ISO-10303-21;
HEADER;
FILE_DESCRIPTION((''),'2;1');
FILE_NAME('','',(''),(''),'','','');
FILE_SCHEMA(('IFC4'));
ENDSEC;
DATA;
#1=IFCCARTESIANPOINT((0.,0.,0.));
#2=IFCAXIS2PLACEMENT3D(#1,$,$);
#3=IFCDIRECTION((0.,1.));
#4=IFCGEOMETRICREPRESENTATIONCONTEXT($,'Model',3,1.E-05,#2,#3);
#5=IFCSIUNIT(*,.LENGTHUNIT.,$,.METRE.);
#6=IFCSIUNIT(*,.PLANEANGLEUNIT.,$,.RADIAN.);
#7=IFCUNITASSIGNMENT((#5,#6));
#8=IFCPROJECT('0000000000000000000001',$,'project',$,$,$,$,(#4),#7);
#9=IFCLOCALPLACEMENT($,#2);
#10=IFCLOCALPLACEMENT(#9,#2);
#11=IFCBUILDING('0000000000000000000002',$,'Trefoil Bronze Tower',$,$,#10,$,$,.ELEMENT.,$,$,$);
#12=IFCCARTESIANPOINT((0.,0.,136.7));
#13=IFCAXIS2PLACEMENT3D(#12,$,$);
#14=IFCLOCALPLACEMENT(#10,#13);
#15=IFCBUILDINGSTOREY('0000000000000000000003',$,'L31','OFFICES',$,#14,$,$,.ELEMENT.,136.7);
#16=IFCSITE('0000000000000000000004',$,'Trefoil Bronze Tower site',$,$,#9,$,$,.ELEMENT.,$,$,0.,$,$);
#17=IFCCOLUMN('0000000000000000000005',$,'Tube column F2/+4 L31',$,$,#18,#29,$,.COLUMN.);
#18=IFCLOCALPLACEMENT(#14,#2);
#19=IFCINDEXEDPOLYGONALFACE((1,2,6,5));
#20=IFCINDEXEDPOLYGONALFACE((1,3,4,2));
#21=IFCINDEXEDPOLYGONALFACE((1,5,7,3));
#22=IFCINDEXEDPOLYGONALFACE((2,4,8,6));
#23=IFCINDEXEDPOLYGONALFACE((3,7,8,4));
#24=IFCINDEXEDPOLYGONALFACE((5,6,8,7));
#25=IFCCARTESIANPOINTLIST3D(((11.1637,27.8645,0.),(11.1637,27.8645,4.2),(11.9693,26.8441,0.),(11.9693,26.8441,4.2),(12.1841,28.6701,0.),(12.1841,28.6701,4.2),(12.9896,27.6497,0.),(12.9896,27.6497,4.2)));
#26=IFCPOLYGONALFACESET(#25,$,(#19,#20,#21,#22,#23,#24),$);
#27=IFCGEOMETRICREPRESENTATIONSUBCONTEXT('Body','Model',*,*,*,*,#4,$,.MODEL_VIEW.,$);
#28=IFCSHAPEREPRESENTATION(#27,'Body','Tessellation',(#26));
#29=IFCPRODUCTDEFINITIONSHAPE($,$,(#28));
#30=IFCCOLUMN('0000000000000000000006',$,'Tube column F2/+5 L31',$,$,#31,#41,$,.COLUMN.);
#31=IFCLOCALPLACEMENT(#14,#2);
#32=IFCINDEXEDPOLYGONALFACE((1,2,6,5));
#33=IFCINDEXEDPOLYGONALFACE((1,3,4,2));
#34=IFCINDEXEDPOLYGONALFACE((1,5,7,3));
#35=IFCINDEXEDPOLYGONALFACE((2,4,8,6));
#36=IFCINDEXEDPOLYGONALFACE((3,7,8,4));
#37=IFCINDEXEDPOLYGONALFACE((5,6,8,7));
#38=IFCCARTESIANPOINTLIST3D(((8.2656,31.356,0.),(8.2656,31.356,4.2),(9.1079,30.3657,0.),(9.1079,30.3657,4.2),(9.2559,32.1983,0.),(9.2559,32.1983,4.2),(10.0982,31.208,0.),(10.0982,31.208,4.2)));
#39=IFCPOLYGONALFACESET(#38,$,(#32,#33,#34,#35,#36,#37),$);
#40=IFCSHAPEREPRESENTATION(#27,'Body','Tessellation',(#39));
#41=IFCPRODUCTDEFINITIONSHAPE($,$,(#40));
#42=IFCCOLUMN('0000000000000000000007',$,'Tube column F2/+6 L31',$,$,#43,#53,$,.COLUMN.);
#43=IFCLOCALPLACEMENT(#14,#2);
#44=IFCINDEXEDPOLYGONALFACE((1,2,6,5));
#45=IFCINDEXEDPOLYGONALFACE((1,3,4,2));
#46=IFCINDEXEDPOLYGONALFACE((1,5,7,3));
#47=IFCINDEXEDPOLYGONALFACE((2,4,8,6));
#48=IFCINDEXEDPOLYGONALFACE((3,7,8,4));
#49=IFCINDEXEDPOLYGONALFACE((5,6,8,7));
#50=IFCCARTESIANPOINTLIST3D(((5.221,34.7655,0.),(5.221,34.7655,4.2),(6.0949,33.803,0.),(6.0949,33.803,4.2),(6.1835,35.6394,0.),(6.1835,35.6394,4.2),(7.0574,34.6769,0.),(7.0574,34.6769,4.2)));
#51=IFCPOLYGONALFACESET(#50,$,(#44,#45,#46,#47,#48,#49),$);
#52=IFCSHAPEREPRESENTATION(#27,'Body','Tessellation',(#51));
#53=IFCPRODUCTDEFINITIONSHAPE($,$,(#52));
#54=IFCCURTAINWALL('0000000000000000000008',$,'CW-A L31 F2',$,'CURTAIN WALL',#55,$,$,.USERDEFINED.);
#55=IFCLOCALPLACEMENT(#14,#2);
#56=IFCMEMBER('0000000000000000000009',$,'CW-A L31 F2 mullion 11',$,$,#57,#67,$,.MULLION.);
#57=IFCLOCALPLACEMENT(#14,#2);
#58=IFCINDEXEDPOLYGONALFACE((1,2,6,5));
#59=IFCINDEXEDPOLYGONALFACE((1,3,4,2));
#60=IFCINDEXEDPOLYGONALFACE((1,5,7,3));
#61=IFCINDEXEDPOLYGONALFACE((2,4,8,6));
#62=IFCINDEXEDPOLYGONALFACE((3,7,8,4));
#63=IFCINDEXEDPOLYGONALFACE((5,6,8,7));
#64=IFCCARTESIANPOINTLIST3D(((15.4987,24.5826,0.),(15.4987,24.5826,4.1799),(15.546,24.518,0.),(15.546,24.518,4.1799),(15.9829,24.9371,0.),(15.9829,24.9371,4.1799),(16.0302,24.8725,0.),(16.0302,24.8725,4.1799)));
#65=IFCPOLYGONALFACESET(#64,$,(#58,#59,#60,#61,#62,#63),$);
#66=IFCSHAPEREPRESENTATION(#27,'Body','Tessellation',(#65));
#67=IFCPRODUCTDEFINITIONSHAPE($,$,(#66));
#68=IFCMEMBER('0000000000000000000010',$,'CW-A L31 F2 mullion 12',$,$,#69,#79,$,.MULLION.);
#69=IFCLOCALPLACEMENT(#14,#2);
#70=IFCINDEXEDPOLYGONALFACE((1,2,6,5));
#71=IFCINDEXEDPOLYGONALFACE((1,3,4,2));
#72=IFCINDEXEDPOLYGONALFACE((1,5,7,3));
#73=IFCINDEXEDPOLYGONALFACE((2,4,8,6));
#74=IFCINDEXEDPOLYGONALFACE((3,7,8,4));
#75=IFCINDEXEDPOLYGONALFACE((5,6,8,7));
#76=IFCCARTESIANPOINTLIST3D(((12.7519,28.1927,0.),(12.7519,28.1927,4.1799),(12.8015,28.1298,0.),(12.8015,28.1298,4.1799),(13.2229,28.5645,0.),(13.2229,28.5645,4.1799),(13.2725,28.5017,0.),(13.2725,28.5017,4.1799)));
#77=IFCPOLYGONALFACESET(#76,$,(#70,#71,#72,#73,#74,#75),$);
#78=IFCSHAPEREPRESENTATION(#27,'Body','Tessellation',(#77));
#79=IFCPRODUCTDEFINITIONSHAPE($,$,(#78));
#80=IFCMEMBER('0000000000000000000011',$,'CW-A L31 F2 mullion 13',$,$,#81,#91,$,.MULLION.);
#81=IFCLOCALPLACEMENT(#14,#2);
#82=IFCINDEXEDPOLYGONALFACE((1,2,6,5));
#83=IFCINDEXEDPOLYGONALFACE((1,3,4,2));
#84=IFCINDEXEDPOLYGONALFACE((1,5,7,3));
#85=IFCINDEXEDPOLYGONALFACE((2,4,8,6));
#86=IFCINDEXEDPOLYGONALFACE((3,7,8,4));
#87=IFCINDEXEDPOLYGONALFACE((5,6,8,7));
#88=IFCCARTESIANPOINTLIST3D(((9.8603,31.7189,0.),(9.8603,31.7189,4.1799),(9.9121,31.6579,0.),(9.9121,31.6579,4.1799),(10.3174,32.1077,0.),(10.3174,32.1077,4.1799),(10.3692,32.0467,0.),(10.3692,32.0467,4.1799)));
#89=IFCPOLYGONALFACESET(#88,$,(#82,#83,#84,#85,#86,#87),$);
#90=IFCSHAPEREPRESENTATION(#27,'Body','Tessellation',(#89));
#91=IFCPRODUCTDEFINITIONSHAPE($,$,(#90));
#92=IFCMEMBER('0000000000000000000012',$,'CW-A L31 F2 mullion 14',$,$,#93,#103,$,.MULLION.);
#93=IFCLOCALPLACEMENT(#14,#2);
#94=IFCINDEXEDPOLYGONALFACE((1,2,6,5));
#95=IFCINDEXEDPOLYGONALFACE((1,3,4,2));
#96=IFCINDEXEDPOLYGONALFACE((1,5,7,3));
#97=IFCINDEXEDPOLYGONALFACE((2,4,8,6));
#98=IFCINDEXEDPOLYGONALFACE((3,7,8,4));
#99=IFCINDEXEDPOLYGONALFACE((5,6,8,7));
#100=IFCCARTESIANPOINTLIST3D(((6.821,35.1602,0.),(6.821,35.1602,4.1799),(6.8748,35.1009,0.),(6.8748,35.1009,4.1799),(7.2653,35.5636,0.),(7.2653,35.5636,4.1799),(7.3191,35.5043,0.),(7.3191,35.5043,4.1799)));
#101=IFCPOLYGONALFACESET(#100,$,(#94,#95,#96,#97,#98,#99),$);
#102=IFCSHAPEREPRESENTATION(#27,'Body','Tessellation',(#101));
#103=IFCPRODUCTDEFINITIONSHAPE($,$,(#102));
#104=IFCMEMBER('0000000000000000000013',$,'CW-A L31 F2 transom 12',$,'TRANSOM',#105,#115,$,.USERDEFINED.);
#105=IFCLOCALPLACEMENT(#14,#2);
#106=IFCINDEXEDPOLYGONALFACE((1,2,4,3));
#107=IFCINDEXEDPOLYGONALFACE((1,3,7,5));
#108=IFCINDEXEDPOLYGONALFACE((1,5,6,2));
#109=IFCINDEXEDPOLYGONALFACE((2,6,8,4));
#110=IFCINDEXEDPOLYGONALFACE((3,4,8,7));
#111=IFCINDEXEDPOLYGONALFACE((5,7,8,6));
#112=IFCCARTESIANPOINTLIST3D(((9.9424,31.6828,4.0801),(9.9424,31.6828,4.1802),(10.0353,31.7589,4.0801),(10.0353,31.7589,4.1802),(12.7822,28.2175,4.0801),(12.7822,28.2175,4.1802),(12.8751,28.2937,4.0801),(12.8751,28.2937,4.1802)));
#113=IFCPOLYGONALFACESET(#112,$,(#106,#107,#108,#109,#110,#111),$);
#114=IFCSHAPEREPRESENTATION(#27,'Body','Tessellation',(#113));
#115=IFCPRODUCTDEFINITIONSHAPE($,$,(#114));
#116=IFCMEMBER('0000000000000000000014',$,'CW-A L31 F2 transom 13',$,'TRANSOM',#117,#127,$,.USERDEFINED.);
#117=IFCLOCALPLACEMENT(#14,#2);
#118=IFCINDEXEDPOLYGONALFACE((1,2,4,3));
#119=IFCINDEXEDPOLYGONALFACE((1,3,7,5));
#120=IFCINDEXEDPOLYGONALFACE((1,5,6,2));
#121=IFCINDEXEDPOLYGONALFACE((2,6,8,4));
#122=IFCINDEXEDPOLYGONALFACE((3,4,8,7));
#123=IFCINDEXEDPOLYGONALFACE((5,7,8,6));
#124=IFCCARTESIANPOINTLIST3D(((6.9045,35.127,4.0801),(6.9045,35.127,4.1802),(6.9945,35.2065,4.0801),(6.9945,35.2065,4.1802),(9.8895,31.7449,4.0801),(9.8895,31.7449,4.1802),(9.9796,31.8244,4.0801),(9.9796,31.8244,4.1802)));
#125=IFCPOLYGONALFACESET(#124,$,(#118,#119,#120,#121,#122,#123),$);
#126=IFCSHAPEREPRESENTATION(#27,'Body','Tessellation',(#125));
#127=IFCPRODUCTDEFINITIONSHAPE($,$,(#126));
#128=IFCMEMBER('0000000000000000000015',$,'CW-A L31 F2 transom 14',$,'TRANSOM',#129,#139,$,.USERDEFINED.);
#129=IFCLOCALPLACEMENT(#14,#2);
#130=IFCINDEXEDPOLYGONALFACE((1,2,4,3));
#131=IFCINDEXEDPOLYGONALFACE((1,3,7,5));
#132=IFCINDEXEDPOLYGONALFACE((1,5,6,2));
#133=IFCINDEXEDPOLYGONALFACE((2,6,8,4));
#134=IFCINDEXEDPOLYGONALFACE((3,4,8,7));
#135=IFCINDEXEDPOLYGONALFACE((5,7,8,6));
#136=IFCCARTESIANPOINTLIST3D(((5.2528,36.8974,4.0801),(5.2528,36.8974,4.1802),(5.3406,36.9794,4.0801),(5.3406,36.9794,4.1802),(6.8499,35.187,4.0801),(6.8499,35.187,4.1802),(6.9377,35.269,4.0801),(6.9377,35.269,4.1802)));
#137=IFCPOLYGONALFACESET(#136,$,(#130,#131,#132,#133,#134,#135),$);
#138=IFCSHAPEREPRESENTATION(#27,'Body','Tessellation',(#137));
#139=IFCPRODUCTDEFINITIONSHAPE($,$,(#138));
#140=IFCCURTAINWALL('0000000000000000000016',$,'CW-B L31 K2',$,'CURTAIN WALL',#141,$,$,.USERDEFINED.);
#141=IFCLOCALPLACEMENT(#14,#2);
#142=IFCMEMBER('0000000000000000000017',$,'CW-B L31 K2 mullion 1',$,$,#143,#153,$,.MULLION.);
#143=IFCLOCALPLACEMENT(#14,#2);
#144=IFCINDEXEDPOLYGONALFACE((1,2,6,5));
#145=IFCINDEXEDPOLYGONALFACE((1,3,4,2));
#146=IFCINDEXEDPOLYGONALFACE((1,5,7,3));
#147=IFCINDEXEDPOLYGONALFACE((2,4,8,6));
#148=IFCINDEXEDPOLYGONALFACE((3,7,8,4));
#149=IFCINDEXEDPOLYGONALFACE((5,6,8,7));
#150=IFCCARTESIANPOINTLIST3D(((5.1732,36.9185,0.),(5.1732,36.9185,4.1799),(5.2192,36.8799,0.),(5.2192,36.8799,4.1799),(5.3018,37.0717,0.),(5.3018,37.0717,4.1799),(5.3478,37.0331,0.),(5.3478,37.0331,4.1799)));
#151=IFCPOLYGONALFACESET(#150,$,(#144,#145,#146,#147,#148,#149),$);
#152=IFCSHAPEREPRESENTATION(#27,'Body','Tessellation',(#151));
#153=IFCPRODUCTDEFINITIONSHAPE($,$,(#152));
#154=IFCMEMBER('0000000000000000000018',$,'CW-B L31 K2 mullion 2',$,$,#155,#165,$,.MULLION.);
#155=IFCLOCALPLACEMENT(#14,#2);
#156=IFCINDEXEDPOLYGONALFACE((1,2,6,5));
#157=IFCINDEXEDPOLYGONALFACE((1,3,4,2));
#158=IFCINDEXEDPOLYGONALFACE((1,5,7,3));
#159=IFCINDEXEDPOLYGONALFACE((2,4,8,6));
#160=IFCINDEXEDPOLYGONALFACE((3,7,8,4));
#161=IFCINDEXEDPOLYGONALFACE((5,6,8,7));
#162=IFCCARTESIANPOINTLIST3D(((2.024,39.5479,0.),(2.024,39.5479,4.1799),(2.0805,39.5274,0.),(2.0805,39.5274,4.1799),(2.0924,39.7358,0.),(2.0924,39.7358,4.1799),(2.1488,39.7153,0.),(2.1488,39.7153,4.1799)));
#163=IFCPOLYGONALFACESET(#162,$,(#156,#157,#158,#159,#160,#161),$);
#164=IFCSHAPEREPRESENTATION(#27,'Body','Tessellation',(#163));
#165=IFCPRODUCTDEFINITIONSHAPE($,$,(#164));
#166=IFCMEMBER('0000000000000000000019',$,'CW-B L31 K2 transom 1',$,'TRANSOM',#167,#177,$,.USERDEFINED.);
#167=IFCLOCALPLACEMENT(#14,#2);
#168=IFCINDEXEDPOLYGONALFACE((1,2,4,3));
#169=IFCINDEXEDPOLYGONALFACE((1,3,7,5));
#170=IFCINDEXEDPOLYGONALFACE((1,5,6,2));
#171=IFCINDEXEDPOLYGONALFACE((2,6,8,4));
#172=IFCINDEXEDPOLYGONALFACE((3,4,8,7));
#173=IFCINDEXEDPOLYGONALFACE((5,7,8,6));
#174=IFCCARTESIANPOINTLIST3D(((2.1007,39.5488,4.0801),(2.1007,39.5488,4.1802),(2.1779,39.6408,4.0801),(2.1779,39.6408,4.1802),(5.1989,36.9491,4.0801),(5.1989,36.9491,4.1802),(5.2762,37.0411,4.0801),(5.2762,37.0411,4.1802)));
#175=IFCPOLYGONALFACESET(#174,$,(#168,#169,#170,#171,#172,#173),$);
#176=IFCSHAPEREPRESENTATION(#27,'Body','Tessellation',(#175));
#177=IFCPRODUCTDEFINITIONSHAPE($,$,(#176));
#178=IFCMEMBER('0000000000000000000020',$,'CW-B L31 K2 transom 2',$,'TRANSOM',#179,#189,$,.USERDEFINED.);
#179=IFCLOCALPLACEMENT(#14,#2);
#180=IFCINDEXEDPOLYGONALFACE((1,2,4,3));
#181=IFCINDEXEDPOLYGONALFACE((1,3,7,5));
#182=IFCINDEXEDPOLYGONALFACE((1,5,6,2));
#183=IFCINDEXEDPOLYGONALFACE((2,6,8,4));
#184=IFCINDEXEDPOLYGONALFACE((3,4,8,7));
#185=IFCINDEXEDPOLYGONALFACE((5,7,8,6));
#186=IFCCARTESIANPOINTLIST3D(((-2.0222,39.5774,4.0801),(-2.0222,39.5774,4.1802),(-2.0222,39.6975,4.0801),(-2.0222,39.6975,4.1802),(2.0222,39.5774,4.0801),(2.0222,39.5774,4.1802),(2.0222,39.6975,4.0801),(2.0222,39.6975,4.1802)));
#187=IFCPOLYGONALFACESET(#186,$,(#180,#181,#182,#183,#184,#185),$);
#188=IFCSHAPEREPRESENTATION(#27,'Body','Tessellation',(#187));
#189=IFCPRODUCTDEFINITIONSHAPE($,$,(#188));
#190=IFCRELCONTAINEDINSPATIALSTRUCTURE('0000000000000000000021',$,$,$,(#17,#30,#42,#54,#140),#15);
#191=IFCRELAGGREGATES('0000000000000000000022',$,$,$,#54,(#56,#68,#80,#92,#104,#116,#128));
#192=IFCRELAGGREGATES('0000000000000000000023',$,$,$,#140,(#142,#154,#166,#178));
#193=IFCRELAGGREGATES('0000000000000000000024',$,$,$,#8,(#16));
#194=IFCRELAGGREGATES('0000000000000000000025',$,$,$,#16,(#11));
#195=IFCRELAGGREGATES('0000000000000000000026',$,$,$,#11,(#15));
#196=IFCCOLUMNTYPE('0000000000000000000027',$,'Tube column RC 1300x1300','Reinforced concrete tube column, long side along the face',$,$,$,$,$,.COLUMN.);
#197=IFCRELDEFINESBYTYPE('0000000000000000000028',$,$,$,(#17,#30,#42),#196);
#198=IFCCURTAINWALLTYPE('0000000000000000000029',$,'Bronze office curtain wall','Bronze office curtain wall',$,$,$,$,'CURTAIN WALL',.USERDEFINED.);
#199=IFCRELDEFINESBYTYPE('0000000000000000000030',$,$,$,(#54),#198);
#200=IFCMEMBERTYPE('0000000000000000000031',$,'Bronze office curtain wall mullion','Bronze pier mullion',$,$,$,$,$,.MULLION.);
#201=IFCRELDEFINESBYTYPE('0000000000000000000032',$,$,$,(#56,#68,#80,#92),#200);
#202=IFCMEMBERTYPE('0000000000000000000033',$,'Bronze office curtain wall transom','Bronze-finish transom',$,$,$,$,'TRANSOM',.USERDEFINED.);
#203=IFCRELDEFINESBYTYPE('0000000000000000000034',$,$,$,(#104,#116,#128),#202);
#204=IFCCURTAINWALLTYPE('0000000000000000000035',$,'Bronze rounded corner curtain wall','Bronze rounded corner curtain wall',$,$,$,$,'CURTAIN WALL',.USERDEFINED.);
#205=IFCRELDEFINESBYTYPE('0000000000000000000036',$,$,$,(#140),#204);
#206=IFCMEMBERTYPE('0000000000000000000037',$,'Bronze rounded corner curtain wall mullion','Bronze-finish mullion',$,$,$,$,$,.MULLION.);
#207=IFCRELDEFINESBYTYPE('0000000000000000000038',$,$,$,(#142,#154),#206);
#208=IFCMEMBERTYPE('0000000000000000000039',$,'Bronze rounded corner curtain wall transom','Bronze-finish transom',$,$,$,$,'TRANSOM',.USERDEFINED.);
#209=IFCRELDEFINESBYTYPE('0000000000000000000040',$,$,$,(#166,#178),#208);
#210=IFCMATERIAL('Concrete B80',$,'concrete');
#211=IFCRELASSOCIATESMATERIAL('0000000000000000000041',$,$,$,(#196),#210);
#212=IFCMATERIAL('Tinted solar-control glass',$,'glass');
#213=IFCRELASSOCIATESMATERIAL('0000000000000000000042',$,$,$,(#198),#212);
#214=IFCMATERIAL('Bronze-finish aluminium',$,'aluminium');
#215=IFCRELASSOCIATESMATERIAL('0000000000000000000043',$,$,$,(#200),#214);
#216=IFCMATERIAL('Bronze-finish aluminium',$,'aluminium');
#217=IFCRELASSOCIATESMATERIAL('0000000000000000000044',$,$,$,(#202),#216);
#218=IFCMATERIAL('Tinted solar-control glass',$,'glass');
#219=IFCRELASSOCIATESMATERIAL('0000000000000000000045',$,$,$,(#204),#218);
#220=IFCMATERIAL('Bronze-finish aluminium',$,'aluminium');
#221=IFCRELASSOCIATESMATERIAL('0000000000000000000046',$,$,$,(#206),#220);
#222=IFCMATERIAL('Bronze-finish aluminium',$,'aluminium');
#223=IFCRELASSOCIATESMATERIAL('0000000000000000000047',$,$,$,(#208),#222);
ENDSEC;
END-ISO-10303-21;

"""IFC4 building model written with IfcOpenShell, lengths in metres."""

from ifc_helpers import new_model, si_unit, direction, frame, origin, origin_2d, place, context, subcontext, project, spatial, rectangle, extrude, material, material_profile, profile_set, type_object, element, aggregate, save


model = new_model("IFC4")

# Units and contexts
model_context = context("Model", 3, precision=1e-05, world=origin(), true_north=direction((0.0, 1.0)))
body_context = subcontext(model_context, "Body", "Model", "MODEL_VIEW")
ifc_project = project(units=[si_unit("LENGTHUNIT", "METRE"), si_unit("PLANEANGLEUNIT", "RADIAN")], contexts=[model_context])

# Site, building, storey
site_placement = place(None, origin())
site = spatial("IfcSite", under=ifc_project, at=site_placement, Name="Trefoil Bronze Tower site", CompositionType="ELEMENT", RefElevation=0.0)
building_placement = place(site_placement, origin())
building = spatial("IfcBuilding", under=site, at=building_placement, Name="Trefoil Bronze Tower", CompositionType="ELEMENT")
storey_placement = place(building_placement, frame((0.0, 0.0, 136.7)))
storey = spatial("IfcBuildingStorey", under=building, at=storey_placement, Name="L31", Description="OFFICES", CompositionType="ELEMENT", Elevation=136.7)

# Columns
ifc_material_1 = material(Name="Concrete B80", Category="concrete")
ifc_material_profile_1 = material_profile(ifc_material_1, rectangle(XDim=1.3, YDim=1.3, at=origin_2d()), Name="RC 1300x1300")
ifc_profile_set_1 = profile_set([ifc_material_profile_1], Name="Concrete B80")
column_type = type_object("IfcColumnType", Name="Tube column RC 1300x1300", Description="Reinforced concrete tube column, long side along the face", PredefinedType="COLUMN", material=ifc_profile_set_1)
for number, where, z_axis, x_axis, name in (
    (1, (12.0767, 27.7571, 0.0), (0.0, 0.0, 1.0), (-0.619649, 0.784879, 0.0), "Tube column F2/+4 L31"),
    (2, (9.1819, 31.282, 0.0), (0.0, 0.0, 1.0), (-0.647904, 0.761722, 0.0), "Tube column F2/+5 L31"),
    (3, (6.1392, 34.7212, 0.0), (0.0, 0.0, 1.0), (-0.67221, 0.740361, 0.0), "Tube column F2/+6 L31"),
):
    element("IfcColumn", number, at=place(storey_placement, frame(where, z_axis=z_axis, x_axis=x_axis)), inside=storey, type_object=column_type, Name=name, PredefinedType="COLUMN", context=body_context, shape_type="SweptSolid", body=[
        extrude(rectangle(XDim=1.3, YDim=1.3, at=origin_2d()), origin(), (0.0, 0.0, 1.0), 4.2),
    ])

# Curtain walls, members
ifc_material_2 = material(Name="Tinted solar-control glass", Category="glass")
curtain_wall_type_1 = type_object("IfcCurtainWallType", Name="Bronze office curtain wall", Description="Bronze office curtain wall", ElementType="CURTAIN WALL", PredefinedType="USERDEFINED", material=ifc_material_2)
curtain_wall_1_placement = place(storey_placement, origin())
curtain_wall_1 = element("IfcCurtainWall", 4, at=curtain_wall_1_placement, inside=storey, type_object=curtain_wall_type_1, Name="CW-A L31 F2", ObjectType="CURTAIN WALL", PredefinedType="USERDEFINED")
ifc_material_3 = material(Name="Bronze-finish aluminium", Category="aluminium")
ifc_material_profile_2 = material_profile(ifc_material_3, rectangle(XDim=0.6001, YDim=0.0801, at=origin_2d()), Name="CW-A mullion")
ifc_profile_set_2 = profile_set([ifc_material_profile_2], Name="Bronze-finish aluminium")
member_type_1 = type_object("IfcMemberType", Name="Bronze office curtain wall mullion", Description="Bronze pier mullion", PredefinedType="MULLION", material=ifc_profile_set_2)
member_1_placement = place(storey_placement, frame((15.7644, 24.7275, 0.0), z_axis=(0.0, 0.0, 1.0), x_axis=(-0.806875, -0.590723, 0.0)))
member_1 = element("IfcMember", 5, at=member_1_placement, type_object=member_type_1, Name="CW-A L31 F2 mullion 11", PredefinedType="MULLION", context=body_context, shape_type="SweptSolid", body=[
    extrude(rectangle(XDim=0.6001, YDim=0.0801, at=origin_2d()), origin(), (0.0, 0.0, 1.0), 4.1799),
])
member_2_placement = place(storey_placement, frame((13.0122, 28.3472, 0.0), z_axis=(0.0, 0.0, 1.0), x_axis=(-0.784879, -0.619649, 0.0)))
member_2 = element("IfcMember", 6, at=member_2_placement, type_object=member_type_1, Name="CW-A L31 F2 mullion 12", PredefinedType="MULLION", context=body_context, shape_type="SweptSolid", body=[
    extrude(rectangle(XDim=0.6001, YDim=0.0801, at=origin_2d()), origin(), (0.0, 0.0, 1.0), 4.1799),
])
member_3_placement = place(storey_placement, frame((10.1147, 31.8828, 0.0), z_axis=(0.0, 0.0, 1.0), x_axis=(-0.761722, -0.647904, 0.0)))
member_3 = element("IfcMember", 7, at=member_3_placement, type_object=member_type_1, Name="CW-A L31 F2 mullion 13", PredefinedType="MULLION", context=body_context, shape_type="SweptSolid", body=[
    extrude(rectangle(XDim=0.6001, YDim=0.0801, at=origin_2d()), origin(), (0.0, 0.0, 1.0), 4.1799),
])
member_4_placement = place(storey_placement, frame((7.0701, 35.3323, 0.0), z_axis=(0.0, 0.0, 1.0), x_axis=(-0.740361, -0.67221, 0.0)))
member_4 = element("IfcMember", 8, at=member_4_placement, type_object=member_type_1, Name="CW-A L31 F2 mullion 14", PredefinedType="MULLION", context=body_context, shape_type="SweptSolid", body=[
    extrude(rectangle(XDim=0.6001, YDim=0.0801, at=origin_2d()), origin(), (0.0, 0.0, 1.0), 4.1799),
])
ifc_material_4 = material(Name="Bronze-finish aluminium", Category="aluminium")
ifc_material_profile_3 = material_profile(ifc_material_4, rectangle(XDim=0.1201, YDim=0.1001, at=origin_2d()), Name="CW-A transom")
ifc_profile_set_3 = profile_set([ifc_material_profile_3], Name="Bronze-finish aluminium")
member_type_2 = type_object("IfcMemberType", Name="Bronze office curtain wall transom", Description="Bronze-finish transom", ElementType="TRANSOM", PredefinedType="USERDEFINED", material=ifc_profile_set_3)
member_5_placement = place(storey_placement, frame((12.8286, 28.2556, 4.1301), z_axis=(-0.633849, 0.773457, 0.0), x_axis=(-0.773457, -0.633849, 0.0)))
member_5 = element("IfcMember", 9, at=member_5_placement, type_object=member_type_2, Name="CW-A L31 F2 transom 12", ObjectType="TRANSOM", PredefinedType="USERDEFINED", context=body_context, shape_type="SweptSolid", body=[
    extrude(rectangle(XDim=0.1201, YDim=0.1001, at=origin_2d()), origin(), (0.0, 0.0, 1.0), 4.4802),
])
member_6_placement = place(storey_placement, frame((9.9346, 31.7847, 4.1301), z_axis=(-0.661736, 0.749737, 0.0), x_axis=(-0.749737, -0.661736, 0.0)))
member_6 = element("IfcMember", 10, at=member_6_placement, type_object=member_type_2, Name="CW-A L31 F2 transom 13", ObjectType="TRANSOM", PredefinedType="USERDEFINED", context=body_context, shape_type="SweptSolid", body=[
    extrude(rectangle(XDim=0.1201, YDim=0.1001, at=origin_2d()), origin(), (0.0, 0.0, 1.0), 4.511),
])
member_7_placement = place(storey_placement, frame((6.8938, 35.228, 4.1301), z_axis=(-0.682489, 0.730896, 0.0), x_axis=(-0.730896, -0.682489, 0.0)))
member_7 = element("IfcMember", 11, at=member_7_placement, type_object=member_type_2, Name="CW-A L31 F2 transom 14", ObjectType="TRANSOM", PredefinedType="USERDEFINED", context=body_context, shape_type="SweptSolid", body=[
    extrude(rectangle(XDim=0.1201, YDim=0.1001, at=origin_2d()), origin(), (0.0, 0.0, 1.0), 2.3401),
])
ifc_material_5 = material(Name="Tinted solar-control glass", Category="glass")
curtain_wall_type_2 = type_object("IfcCurtainWallType", Name="Bronze rounded corner curtain wall", Description="Bronze rounded corner curtain wall", ElementType="CURTAIN WALL", PredefinedType="USERDEFINED", material=ifc_material_5)
curtain_wall_2_placement = place(storey_placement, origin())
curtain_wall_2 = element("IfcCurtainWall", 12, at=curtain_wall_2_placement, inside=storey, type_object=curtain_wall_type_2, Name="CW-B L31 K2", ObjectType="CURTAIN WALL", PredefinedType="USERDEFINED")
ifc_material_6 = material(Name="Bronze-finish aluminium", Category="aluminium")
ifc_material_profile_4 = material_profile(ifc_material_6, rectangle(XDim=0.2, YDim=0.0601, at=origin_2d()), Name="CW-B mullion")
ifc_profile_set_4 = profile_set([ifc_material_profile_4], Name="Bronze-finish aluminium")
member_type_3 = type_object("IfcMemberType", Name="Bronze rounded corner curtain wall mullion", Description="Bronze-finish mullion", PredefinedType="MULLION", material=ifc_profile_set_4)
member_8_placement = place(storey_placement, frame((5.2605, 36.9758, 0.0), z_axis=(0.0, 0.0, 1.0), x_axis=(-0.642788, -0.766044, 0.0)))
member_8 = element("IfcMember", 13, at=member_8_placement, type_object=member_type_3, Name="CW-B L31 K2 mullion 1", PredefinedType="MULLION", context=body_context, shape_type="SweptSolid", body=[
    extrude(rectangle(XDim=0.2, YDim=0.0601, at=origin_2d()), origin(), (0.0, 0.0, 1.0), 4.1799),
])
member_9_placement = place(storey_placement, frame((2.0864, 39.6316, 0.0), z_axis=(0.0, 0.0, 1.0), x_axis=(-0.34202, -0.939693, 0.0)))
member_9 = element("IfcMember", 14, at=member_9_placement, type_object=member_type_3, Name="CW-B L31 K2 mullion 2", PredefinedType="MULLION", context=body_context, shape_type="SweptSolid", body=[
    extrude(rectangle(XDim=0.2, YDim=0.0601, at=origin_2d()), origin(), (0.0, 0.0, 1.0), 4.1799),
])
ifc_material_7 = material(Name="Bronze-finish aluminium", Category="aluminium")
ifc_material_profile_5 = material_profile(ifc_material_7, rectangle(XDim=0.1201, YDim=0.1001, at=origin_2d()), Name="CW-B transom")
ifc_profile_set_5 = profile_set([ifc_material_profile_5], Name="Bronze-finish aluminium")
member_type_4 = type_object("IfcMemberType", Name="Bronze rounded corner curtain wall transom", Description="Bronze-finish transom", ElementType="TRANSOM", PredefinedType="USERDEFINED", material=ifc_profile_set_5)
member_10_placement = place(storey_placement, frame((5.2375, 36.9951, 4.1301), z_axis=(-0.76605, 0.642781, 0.0), x_axis=(-0.642781, -0.76605, 0.0)))
member_10 = element("IfcMember", 15, at=member_10_placement, type_object=member_type_4, Name="CW-B L31 K2 transom 1", ObjectType="TRANSOM", PredefinedType="USERDEFINED", context=body_context, shape_type="SweptSolid", body=[
    extrude(rectangle(XDim=0.1201, YDim=0.1001, at=origin_2d()), origin(), (0.0, 0.0, 1.0), 4.0444),
])
member_11_placement = place(storey_placement, frame((2.0222, 39.6375, 4.1301), z_axis=(-1.0, 0.0, 0.0), x_axis=(0.0, -1.0, 0.0)))
member_11 = element("IfcMember", 16, at=member_11_placement, type_object=member_type_4, Name="CW-B L31 K2 transom 2", ObjectType="TRANSOM", PredefinedType="USERDEFINED", context=body_context, shape_type="SweptSolid", body=[
    extrude(rectangle(XDim=0.1201, YDim=0.1001, at=origin_2d()), origin(), (0.0, 0.0, 1.0), 4.0444),
])

aggregate(curtain_wall_1, [member_1, member_2, member_3, member_4, member_5, member_6, member_7])
aggregate(curtain_wall_2, [member_8, member_9, member_10, member_11])

save(model, "model.ifc")
